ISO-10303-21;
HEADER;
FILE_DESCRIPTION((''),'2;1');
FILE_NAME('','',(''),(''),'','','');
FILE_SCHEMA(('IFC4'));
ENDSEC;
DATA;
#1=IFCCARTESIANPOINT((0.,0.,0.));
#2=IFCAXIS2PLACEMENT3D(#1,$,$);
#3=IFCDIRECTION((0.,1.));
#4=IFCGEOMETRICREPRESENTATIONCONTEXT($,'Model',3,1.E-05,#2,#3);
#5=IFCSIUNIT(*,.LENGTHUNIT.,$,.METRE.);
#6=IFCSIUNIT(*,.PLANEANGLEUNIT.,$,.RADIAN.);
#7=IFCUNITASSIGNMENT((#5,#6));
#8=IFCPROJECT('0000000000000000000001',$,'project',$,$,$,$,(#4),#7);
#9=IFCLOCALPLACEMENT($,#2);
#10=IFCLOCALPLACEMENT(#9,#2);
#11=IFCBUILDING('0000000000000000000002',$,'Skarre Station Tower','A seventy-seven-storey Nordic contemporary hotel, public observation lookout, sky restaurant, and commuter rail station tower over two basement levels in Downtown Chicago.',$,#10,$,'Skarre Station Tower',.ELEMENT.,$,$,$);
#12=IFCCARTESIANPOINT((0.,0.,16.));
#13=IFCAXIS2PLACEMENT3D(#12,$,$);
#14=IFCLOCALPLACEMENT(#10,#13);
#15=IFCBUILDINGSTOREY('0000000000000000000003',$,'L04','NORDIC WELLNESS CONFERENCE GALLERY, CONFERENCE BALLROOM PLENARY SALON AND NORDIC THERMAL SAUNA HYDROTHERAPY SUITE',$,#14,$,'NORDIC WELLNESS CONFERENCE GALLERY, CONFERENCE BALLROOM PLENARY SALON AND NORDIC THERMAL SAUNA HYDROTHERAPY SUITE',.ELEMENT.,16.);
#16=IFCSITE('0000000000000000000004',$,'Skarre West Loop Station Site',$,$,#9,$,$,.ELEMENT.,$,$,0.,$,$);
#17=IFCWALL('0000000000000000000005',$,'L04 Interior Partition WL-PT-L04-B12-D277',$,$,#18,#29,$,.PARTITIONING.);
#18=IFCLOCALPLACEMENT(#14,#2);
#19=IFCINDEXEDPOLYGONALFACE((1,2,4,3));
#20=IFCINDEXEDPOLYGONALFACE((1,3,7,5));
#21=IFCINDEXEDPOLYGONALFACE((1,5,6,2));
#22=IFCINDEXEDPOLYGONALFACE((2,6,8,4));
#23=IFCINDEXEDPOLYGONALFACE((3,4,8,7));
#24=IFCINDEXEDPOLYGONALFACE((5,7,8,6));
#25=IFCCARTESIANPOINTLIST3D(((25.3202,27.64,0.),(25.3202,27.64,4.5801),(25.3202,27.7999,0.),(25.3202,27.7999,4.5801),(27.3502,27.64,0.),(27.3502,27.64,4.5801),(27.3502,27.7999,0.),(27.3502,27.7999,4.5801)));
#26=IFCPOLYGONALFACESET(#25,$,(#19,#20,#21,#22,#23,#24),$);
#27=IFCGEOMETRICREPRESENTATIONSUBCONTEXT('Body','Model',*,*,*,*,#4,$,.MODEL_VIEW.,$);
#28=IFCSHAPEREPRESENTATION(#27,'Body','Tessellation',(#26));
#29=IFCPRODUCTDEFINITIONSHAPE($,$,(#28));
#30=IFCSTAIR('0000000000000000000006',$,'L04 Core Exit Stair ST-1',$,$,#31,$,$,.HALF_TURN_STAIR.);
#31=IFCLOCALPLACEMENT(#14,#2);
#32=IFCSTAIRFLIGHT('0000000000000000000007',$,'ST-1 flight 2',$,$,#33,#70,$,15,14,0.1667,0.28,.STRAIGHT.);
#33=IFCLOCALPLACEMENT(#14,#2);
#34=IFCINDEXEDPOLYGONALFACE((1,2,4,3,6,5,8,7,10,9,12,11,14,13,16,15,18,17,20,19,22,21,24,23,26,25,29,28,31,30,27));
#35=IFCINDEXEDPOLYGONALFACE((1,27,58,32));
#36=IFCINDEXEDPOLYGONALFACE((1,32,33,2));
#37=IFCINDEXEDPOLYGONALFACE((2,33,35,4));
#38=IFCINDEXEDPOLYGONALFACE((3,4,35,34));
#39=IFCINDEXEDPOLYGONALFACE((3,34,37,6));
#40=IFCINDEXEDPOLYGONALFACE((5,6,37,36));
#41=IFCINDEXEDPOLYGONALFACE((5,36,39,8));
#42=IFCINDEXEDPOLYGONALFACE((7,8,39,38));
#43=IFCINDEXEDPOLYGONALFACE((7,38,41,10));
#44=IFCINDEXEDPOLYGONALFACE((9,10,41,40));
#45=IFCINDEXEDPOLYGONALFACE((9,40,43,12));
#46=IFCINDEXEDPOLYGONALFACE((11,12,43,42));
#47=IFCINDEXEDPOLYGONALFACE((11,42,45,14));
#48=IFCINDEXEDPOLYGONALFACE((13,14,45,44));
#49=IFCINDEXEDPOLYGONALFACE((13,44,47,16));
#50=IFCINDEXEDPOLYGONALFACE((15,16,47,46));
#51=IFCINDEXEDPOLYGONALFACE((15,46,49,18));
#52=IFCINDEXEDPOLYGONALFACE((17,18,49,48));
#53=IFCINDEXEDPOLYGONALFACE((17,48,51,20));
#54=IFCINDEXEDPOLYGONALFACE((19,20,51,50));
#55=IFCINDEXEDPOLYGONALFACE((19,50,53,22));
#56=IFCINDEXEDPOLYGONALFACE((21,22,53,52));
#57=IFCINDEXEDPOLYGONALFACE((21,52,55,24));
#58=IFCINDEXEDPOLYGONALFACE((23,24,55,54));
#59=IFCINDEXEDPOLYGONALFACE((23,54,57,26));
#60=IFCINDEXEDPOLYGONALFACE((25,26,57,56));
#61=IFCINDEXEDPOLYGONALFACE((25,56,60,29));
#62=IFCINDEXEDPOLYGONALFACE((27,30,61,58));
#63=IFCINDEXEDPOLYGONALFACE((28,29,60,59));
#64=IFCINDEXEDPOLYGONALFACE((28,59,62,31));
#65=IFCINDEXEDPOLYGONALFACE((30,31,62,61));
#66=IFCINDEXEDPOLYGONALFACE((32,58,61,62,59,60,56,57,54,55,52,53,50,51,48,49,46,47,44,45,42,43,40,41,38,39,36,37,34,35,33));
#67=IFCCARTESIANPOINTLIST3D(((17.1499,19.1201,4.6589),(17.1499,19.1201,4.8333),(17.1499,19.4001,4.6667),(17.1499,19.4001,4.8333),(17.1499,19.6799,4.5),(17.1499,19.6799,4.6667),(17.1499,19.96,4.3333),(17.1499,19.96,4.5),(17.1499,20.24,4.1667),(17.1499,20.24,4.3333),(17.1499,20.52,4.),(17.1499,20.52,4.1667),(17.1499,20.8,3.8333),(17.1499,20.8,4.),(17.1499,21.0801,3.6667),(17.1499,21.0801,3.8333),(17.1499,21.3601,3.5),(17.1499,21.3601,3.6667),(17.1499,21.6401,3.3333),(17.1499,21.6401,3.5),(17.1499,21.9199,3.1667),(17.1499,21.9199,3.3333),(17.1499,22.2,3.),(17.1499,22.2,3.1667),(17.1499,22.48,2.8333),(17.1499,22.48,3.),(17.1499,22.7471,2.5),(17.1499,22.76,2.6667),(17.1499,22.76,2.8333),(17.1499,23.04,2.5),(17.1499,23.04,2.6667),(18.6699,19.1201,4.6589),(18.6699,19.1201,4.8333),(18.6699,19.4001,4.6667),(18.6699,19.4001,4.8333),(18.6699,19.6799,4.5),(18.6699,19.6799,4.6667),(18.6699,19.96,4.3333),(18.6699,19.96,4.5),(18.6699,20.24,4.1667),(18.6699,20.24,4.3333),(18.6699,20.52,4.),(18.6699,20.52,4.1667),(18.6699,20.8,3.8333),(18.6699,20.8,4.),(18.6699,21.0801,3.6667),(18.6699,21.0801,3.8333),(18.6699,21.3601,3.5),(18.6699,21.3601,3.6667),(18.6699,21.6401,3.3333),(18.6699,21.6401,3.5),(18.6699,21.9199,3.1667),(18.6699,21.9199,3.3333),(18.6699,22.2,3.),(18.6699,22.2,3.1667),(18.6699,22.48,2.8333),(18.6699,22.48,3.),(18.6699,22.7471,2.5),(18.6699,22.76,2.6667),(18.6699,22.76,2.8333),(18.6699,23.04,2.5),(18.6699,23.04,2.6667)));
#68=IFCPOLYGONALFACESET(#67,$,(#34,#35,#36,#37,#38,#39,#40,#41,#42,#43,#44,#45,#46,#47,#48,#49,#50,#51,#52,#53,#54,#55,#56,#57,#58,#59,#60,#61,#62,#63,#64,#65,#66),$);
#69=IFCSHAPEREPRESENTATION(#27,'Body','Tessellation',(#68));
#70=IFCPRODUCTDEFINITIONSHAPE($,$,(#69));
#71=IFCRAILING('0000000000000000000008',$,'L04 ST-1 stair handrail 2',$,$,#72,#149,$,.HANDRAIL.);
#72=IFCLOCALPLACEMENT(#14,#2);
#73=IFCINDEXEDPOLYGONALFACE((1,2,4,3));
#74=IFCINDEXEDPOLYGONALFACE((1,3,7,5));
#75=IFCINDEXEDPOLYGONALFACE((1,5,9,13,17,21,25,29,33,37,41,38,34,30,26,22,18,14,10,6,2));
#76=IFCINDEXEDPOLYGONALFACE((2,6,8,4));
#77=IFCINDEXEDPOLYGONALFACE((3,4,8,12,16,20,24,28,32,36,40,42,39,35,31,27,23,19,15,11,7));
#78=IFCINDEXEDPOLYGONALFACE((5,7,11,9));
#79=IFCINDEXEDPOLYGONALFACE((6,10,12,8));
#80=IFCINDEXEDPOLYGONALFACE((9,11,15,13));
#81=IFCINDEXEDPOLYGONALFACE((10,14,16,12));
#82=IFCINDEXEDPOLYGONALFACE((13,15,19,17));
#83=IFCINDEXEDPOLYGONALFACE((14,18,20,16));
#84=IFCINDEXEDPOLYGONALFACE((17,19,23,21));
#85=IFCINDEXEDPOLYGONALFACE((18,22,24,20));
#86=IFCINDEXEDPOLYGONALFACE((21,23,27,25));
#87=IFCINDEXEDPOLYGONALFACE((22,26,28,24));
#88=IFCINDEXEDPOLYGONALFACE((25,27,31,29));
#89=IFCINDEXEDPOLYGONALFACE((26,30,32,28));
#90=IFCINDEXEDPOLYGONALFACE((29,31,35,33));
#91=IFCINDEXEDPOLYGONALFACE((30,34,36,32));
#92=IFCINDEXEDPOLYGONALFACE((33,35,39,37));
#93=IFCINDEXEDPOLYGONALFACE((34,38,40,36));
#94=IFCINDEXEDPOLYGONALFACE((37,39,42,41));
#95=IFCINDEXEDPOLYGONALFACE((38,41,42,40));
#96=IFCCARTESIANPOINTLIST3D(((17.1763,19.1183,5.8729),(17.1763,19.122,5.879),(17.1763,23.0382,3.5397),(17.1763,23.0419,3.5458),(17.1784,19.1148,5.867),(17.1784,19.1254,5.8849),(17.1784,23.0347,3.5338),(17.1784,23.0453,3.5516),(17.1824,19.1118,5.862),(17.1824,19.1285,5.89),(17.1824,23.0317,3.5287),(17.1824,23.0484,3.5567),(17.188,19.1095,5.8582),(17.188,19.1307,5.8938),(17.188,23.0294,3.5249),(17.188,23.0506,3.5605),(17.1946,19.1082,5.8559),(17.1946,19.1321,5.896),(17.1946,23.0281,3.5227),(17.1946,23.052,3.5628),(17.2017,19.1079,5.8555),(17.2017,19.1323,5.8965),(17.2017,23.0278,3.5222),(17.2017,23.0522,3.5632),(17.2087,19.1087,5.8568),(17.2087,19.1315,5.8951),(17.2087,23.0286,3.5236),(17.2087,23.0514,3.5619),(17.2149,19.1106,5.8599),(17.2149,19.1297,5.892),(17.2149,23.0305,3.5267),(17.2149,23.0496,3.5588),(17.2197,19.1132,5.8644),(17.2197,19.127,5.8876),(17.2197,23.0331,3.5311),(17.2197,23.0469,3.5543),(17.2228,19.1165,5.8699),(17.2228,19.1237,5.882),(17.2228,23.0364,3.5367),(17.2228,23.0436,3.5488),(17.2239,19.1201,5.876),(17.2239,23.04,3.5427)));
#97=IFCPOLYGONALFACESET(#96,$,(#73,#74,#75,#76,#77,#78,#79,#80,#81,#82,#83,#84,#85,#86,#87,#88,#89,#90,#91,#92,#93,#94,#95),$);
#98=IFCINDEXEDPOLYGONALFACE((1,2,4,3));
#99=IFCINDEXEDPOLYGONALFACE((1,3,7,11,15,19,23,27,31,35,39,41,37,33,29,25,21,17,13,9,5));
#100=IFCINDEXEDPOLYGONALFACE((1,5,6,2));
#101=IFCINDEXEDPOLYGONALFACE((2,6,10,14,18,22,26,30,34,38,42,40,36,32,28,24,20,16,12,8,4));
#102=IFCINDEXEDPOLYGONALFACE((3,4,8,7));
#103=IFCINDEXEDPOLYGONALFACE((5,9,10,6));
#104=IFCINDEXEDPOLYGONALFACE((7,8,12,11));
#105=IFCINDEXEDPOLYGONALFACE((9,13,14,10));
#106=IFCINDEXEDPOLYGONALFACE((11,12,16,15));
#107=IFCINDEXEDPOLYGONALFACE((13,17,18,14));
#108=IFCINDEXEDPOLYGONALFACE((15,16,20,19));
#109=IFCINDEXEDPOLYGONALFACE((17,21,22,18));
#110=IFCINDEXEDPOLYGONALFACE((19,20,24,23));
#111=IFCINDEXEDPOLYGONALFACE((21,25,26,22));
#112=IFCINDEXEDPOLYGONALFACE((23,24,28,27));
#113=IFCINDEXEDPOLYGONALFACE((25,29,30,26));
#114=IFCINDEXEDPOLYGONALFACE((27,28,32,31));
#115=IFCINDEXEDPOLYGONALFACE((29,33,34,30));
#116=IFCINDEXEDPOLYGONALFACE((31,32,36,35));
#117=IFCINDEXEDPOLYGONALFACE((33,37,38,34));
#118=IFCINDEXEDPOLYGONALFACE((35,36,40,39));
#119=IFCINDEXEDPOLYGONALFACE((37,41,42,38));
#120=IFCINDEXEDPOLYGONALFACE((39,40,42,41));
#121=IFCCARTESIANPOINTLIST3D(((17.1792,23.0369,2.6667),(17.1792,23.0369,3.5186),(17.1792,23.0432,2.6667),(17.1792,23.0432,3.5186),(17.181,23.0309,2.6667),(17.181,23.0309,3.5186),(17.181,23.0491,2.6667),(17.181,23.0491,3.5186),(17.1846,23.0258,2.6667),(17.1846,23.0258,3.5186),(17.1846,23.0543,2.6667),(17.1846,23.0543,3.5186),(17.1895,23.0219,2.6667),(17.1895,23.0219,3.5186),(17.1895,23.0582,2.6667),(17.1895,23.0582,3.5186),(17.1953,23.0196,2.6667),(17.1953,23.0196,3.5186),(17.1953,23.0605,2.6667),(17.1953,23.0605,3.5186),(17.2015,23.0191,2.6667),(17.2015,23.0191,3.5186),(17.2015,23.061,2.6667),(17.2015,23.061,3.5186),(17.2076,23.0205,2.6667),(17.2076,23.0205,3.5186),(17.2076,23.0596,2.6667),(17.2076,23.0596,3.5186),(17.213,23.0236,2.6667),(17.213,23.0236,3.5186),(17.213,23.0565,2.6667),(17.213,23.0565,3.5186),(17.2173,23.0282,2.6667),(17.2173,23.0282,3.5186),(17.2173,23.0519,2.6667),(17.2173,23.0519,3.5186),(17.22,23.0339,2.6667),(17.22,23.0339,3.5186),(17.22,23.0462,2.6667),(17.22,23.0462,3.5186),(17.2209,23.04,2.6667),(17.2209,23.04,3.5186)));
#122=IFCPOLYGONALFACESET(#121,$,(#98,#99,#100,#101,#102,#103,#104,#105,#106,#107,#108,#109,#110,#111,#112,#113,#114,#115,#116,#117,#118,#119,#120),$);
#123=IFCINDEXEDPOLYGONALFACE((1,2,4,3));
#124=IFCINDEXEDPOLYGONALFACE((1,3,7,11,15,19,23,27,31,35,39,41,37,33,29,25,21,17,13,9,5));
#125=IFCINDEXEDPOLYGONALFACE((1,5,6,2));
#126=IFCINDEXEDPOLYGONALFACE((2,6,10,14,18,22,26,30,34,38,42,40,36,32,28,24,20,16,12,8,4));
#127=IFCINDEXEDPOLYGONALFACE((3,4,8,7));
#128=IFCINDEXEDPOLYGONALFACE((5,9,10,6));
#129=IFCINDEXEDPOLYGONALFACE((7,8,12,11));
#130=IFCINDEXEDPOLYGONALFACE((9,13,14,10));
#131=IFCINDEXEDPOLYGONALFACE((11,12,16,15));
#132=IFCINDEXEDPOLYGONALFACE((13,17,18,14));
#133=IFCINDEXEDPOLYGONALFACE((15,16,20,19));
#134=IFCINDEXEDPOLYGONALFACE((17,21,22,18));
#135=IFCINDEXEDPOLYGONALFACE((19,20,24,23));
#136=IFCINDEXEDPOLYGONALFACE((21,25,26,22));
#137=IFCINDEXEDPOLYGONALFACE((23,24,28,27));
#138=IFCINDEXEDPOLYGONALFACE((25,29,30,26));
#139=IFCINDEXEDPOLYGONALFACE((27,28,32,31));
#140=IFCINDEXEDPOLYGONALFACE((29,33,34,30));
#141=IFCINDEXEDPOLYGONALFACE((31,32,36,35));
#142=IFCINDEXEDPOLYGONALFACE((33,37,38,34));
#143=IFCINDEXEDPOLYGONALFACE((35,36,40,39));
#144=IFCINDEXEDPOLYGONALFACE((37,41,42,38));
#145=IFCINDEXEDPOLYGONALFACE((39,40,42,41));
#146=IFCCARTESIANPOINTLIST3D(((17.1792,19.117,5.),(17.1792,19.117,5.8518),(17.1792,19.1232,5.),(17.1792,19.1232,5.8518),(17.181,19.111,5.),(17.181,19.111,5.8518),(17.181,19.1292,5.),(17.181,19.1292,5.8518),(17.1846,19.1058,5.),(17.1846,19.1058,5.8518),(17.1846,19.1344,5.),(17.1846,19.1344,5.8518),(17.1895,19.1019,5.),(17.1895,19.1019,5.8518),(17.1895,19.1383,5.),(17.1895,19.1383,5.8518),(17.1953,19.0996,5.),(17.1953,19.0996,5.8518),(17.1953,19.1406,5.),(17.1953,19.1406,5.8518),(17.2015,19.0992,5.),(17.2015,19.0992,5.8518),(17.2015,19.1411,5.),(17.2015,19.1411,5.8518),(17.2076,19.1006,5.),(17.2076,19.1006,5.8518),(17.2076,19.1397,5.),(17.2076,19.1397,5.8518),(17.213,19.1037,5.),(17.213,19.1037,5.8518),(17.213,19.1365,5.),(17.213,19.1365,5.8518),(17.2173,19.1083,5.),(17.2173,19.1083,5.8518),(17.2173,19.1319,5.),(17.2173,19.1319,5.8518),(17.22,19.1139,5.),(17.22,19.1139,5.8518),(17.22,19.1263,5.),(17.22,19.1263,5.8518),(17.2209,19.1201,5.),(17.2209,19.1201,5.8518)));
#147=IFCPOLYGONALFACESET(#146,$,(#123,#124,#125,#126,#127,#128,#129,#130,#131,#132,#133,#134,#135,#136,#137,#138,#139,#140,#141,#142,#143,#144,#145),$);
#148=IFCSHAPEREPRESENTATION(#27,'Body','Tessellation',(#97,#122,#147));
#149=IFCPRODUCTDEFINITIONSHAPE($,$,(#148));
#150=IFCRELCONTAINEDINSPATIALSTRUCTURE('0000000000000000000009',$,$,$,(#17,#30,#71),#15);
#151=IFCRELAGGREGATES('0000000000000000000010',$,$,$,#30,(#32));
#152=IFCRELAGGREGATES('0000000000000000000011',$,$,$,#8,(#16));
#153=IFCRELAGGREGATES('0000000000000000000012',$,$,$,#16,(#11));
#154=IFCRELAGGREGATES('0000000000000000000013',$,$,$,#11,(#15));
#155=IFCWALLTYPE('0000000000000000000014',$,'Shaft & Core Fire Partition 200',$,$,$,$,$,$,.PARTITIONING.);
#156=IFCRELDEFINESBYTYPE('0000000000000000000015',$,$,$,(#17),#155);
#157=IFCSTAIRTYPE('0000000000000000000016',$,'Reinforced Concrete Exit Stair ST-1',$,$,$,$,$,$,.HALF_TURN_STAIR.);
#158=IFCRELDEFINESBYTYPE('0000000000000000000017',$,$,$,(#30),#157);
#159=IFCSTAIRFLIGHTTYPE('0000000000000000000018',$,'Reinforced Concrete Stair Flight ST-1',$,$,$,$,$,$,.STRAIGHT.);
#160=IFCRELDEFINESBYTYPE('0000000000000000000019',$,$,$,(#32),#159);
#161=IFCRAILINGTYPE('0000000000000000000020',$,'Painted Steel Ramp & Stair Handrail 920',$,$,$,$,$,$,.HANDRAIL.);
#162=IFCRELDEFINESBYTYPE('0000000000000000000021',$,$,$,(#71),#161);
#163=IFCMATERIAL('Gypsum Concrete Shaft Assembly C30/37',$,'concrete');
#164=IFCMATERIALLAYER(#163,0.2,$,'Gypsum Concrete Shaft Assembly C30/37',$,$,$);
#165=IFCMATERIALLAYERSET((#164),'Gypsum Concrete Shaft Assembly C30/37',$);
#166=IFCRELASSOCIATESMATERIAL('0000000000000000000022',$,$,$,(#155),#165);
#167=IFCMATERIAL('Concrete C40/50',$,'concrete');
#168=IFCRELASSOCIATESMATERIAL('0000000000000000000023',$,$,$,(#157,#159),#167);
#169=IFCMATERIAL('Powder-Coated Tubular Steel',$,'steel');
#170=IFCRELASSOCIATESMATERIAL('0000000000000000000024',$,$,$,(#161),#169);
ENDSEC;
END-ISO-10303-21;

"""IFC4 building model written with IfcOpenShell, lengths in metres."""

from ifc_helpers import new_model, si_unit, direction, frame, frame_2d, origin, origin_2d, place, context, subcontext, project, spatial, polyline, rectangle, circle, outline, extrude, material, layer, layer_set, type_object, element, aggregate, save


model = new_model("IFC4")

# Units and contexts
model_context = context("Model", 3, precision=1e-05, world=origin(), true_north=direction((0.0, 1.0)))
body_context = subcontext(model_context, "Body", "Model", "MODEL_VIEW")
ifc_project = project(units=[si_unit("LENGTHUNIT", "METRE"), si_unit("PLANEANGLEUNIT", "RADIAN")], contexts=[model_context])

# Site, building, storey
site_placement = place(None, origin())
site = spatial("IfcSite", under=ifc_project, at=site_placement, Name="Skarre West Loop Station Site", CompositionType="ELEMENT", RefElevation=0.0)
building_placement = place(site_placement, origin())
building = spatial("IfcBuilding", under=site, at=building_placement, Name="Skarre Station Tower", Description="A seventy-seven-storey Nordic contemporary hotel, public observation lookout, sky restaurant, and commuter rail station tower over two basement levels in Downtown Chicago.", LongName="Skarre Station Tower", CompositionType="ELEMENT")
storey_placement = place(building_placement, frame((0.0, 0.0, 16.0)))
storey = spatial("IfcBuildingStorey", under=building, at=storey_placement, Name="L04", Description="NORDIC WELLNESS CONFERENCE GALLERY, CONFERENCE BALLROOM PLENARY SALON AND NORDIC THERMAL SAUNA HYDROTHERAPY SUITE", LongName="NORDIC WELLNESS CONFERENCE GALLERY, CONFERENCE BALLROOM PLENARY SALON AND NORDIC THERMAL SAUNA HYDROTHERAPY SUITE", CompositionType="ELEMENT", Elevation=16.0)

# Shared definitions
ifc_material_1 = material(Name="Gypsum Concrete Shaft Assembly C30/37", Category="concrete")
ifc_layer_1 = layer(ifc_material_1, 0.2, Name="Gypsum Concrete Shaft Assembly C30/37")
ifc_layer_set_1 = layer_set([ifc_layer_1], Name="Gypsum Concrete Shaft Assembly C30/37")
wall_type_1 = type_object("IfcWallType", Name="Shaft & Core Fire Partition 200", PredefinedType="PARTITIONING", material=ifc_layer_set_1)

# Wall
for number, where, z_axis, x_axis, name in (
    (1, (25.3201, 27.72, 0.0), (0.0, 0.0, 1.0), (1.0, 0.0, 0.0), "L04 Interior Partition WL-PT-L04-B12-D277"),
):
    element("IfcWall", number, at=place(storey_placement, frame(where, z_axis=z_axis, x_axis=x_axis)), inside=storey, type_object=wall_type_1, Name=name, PredefinedType="PARTITIONING", context=body_context, shape_type="SweptSolid", body=[
        extrude(rectangle(XDim=2.03, YDim=0.1599, at=frame_2d((1.0151, 0.0))), origin(), (0.0, 0.0, 1.0), 4.5801),
    ])

# Stair, stair flight
ifc_material_2 = material(Name="Concrete C40/50", Category="concrete")
stair_type = type_object("IfcStairType", Name="Reinforced Concrete Exit Stair ST-1", PredefinedType="HALF_TURN_STAIR", material=ifc_material_2)
stair_placement = place(storey_placement, origin())
stair = element("IfcStair", 2, at=stair_placement, inside=storey, type_object=stair_type, Name="L04 Core Exit Stair ST-1", PredefinedType="HALF_TURN_STAIR")
stair_flight_type = type_object("IfcStairFlightType", Name="Reinforced Concrete Stair Flight ST-1", PredefinedType="STRAIGHT", material=ifc_material_2)
stair_flight_placement = place(storey_placement, frame((17.9099, 23.04, 2.5), z_axis=(0.0, 0.0, 1.0), x_axis=(0.0, -1.0, 0.0)))
stair_flight = element("IfcStairFlight", 3, at=stair_flight_placement, type_object=stair_flight_type, Name="ST-1 flight 2", NumberOfRisers=15, NumberOfTreads=14, PredefinedType="STRAIGHT", RiserHeight=0.1667, TreadLength=0.28, context=body_context, shape_type="SweptSolid", body=[
    extrude(outline(polyline([(0.0, 0.0), (0.0, 0.1667), (0.28, 0.1667), (0.28, 0.3333), (0.5601, 0.3333), (0.5601, 0.5), (0.8401, 0.5), (0.8401, 0.6667), (1.1201, 0.6667), (1.1201, 0.8333), (1.3999, 0.8333), (1.3999, 1.0), (1.6799, 1.0), (1.6799, 1.1667), (1.96, 1.1667), (1.96, 1.3333), (2.24, 1.3333), (2.24, 1.5), (2.52, 1.5), (2.52, 1.6667), (2.8, 1.6667), (2.8, 1.8333), (3.0801, 1.8333), (3.0801, 2.0), (3.3601, 2.0), (3.3601, 2.1667), (3.6399, 2.1667), (3.6399, 2.3333), (3.9199, 2.3333), (3.9199, 2.5), (3.9199, 2.1589), (0.293, 0.0), (0.0, 0.0)])), frame((0.0, 0.76, 0.0), z_axis=(0.0, -1.0, 0.0), x_axis=(1.0, 0.0, 0.0)), (0.0, 0.0, 1.0), 1.52),
])
aggregate(stair, [stair_flight])

# Railing
ifc_material_3 = material(Name="Powder-Coated Tubular Steel", Category="steel")
railing_type_1 = type_object("IfcRailingType", Name="Painted Steel Ramp & Stair Handrail 920", PredefinedType="HANDRAIL", material=ifc_material_3)
railing_1_placement = place(storey_placement, frame((17.2, 23.04, 2.6667)))
element("IfcRailing", 4, at=railing_1_placement, inside=storey, type_object=railing_type_1, Name="L04 ST-1 stair handrail 2", PredefinedType="HANDRAIL", context=body_context, shape_type="SweptSolid", body=[
    extrude(circle(Radius=0.0239, at=origin_2d()), frame((0.0, 0.0, 0.876), z_axis=(0.0, -0.859296, 0.511478), x_axis=(1.0, 0.0, 0.0)), (0.0, 0.0, 1.0), 4.5618),
    extrude(circle(Radius=0.021, at=origin_2d()), origin(), (0.0, 0.0, 1.0), 0.8518),
    extrude(circle(Radius=0.021, at=origin_2d()), frame((0.0, -3.9199, 2.3333)), (0.0, 0.0, 1.0), 0.8518),
])

save(model, "model.ifc")
